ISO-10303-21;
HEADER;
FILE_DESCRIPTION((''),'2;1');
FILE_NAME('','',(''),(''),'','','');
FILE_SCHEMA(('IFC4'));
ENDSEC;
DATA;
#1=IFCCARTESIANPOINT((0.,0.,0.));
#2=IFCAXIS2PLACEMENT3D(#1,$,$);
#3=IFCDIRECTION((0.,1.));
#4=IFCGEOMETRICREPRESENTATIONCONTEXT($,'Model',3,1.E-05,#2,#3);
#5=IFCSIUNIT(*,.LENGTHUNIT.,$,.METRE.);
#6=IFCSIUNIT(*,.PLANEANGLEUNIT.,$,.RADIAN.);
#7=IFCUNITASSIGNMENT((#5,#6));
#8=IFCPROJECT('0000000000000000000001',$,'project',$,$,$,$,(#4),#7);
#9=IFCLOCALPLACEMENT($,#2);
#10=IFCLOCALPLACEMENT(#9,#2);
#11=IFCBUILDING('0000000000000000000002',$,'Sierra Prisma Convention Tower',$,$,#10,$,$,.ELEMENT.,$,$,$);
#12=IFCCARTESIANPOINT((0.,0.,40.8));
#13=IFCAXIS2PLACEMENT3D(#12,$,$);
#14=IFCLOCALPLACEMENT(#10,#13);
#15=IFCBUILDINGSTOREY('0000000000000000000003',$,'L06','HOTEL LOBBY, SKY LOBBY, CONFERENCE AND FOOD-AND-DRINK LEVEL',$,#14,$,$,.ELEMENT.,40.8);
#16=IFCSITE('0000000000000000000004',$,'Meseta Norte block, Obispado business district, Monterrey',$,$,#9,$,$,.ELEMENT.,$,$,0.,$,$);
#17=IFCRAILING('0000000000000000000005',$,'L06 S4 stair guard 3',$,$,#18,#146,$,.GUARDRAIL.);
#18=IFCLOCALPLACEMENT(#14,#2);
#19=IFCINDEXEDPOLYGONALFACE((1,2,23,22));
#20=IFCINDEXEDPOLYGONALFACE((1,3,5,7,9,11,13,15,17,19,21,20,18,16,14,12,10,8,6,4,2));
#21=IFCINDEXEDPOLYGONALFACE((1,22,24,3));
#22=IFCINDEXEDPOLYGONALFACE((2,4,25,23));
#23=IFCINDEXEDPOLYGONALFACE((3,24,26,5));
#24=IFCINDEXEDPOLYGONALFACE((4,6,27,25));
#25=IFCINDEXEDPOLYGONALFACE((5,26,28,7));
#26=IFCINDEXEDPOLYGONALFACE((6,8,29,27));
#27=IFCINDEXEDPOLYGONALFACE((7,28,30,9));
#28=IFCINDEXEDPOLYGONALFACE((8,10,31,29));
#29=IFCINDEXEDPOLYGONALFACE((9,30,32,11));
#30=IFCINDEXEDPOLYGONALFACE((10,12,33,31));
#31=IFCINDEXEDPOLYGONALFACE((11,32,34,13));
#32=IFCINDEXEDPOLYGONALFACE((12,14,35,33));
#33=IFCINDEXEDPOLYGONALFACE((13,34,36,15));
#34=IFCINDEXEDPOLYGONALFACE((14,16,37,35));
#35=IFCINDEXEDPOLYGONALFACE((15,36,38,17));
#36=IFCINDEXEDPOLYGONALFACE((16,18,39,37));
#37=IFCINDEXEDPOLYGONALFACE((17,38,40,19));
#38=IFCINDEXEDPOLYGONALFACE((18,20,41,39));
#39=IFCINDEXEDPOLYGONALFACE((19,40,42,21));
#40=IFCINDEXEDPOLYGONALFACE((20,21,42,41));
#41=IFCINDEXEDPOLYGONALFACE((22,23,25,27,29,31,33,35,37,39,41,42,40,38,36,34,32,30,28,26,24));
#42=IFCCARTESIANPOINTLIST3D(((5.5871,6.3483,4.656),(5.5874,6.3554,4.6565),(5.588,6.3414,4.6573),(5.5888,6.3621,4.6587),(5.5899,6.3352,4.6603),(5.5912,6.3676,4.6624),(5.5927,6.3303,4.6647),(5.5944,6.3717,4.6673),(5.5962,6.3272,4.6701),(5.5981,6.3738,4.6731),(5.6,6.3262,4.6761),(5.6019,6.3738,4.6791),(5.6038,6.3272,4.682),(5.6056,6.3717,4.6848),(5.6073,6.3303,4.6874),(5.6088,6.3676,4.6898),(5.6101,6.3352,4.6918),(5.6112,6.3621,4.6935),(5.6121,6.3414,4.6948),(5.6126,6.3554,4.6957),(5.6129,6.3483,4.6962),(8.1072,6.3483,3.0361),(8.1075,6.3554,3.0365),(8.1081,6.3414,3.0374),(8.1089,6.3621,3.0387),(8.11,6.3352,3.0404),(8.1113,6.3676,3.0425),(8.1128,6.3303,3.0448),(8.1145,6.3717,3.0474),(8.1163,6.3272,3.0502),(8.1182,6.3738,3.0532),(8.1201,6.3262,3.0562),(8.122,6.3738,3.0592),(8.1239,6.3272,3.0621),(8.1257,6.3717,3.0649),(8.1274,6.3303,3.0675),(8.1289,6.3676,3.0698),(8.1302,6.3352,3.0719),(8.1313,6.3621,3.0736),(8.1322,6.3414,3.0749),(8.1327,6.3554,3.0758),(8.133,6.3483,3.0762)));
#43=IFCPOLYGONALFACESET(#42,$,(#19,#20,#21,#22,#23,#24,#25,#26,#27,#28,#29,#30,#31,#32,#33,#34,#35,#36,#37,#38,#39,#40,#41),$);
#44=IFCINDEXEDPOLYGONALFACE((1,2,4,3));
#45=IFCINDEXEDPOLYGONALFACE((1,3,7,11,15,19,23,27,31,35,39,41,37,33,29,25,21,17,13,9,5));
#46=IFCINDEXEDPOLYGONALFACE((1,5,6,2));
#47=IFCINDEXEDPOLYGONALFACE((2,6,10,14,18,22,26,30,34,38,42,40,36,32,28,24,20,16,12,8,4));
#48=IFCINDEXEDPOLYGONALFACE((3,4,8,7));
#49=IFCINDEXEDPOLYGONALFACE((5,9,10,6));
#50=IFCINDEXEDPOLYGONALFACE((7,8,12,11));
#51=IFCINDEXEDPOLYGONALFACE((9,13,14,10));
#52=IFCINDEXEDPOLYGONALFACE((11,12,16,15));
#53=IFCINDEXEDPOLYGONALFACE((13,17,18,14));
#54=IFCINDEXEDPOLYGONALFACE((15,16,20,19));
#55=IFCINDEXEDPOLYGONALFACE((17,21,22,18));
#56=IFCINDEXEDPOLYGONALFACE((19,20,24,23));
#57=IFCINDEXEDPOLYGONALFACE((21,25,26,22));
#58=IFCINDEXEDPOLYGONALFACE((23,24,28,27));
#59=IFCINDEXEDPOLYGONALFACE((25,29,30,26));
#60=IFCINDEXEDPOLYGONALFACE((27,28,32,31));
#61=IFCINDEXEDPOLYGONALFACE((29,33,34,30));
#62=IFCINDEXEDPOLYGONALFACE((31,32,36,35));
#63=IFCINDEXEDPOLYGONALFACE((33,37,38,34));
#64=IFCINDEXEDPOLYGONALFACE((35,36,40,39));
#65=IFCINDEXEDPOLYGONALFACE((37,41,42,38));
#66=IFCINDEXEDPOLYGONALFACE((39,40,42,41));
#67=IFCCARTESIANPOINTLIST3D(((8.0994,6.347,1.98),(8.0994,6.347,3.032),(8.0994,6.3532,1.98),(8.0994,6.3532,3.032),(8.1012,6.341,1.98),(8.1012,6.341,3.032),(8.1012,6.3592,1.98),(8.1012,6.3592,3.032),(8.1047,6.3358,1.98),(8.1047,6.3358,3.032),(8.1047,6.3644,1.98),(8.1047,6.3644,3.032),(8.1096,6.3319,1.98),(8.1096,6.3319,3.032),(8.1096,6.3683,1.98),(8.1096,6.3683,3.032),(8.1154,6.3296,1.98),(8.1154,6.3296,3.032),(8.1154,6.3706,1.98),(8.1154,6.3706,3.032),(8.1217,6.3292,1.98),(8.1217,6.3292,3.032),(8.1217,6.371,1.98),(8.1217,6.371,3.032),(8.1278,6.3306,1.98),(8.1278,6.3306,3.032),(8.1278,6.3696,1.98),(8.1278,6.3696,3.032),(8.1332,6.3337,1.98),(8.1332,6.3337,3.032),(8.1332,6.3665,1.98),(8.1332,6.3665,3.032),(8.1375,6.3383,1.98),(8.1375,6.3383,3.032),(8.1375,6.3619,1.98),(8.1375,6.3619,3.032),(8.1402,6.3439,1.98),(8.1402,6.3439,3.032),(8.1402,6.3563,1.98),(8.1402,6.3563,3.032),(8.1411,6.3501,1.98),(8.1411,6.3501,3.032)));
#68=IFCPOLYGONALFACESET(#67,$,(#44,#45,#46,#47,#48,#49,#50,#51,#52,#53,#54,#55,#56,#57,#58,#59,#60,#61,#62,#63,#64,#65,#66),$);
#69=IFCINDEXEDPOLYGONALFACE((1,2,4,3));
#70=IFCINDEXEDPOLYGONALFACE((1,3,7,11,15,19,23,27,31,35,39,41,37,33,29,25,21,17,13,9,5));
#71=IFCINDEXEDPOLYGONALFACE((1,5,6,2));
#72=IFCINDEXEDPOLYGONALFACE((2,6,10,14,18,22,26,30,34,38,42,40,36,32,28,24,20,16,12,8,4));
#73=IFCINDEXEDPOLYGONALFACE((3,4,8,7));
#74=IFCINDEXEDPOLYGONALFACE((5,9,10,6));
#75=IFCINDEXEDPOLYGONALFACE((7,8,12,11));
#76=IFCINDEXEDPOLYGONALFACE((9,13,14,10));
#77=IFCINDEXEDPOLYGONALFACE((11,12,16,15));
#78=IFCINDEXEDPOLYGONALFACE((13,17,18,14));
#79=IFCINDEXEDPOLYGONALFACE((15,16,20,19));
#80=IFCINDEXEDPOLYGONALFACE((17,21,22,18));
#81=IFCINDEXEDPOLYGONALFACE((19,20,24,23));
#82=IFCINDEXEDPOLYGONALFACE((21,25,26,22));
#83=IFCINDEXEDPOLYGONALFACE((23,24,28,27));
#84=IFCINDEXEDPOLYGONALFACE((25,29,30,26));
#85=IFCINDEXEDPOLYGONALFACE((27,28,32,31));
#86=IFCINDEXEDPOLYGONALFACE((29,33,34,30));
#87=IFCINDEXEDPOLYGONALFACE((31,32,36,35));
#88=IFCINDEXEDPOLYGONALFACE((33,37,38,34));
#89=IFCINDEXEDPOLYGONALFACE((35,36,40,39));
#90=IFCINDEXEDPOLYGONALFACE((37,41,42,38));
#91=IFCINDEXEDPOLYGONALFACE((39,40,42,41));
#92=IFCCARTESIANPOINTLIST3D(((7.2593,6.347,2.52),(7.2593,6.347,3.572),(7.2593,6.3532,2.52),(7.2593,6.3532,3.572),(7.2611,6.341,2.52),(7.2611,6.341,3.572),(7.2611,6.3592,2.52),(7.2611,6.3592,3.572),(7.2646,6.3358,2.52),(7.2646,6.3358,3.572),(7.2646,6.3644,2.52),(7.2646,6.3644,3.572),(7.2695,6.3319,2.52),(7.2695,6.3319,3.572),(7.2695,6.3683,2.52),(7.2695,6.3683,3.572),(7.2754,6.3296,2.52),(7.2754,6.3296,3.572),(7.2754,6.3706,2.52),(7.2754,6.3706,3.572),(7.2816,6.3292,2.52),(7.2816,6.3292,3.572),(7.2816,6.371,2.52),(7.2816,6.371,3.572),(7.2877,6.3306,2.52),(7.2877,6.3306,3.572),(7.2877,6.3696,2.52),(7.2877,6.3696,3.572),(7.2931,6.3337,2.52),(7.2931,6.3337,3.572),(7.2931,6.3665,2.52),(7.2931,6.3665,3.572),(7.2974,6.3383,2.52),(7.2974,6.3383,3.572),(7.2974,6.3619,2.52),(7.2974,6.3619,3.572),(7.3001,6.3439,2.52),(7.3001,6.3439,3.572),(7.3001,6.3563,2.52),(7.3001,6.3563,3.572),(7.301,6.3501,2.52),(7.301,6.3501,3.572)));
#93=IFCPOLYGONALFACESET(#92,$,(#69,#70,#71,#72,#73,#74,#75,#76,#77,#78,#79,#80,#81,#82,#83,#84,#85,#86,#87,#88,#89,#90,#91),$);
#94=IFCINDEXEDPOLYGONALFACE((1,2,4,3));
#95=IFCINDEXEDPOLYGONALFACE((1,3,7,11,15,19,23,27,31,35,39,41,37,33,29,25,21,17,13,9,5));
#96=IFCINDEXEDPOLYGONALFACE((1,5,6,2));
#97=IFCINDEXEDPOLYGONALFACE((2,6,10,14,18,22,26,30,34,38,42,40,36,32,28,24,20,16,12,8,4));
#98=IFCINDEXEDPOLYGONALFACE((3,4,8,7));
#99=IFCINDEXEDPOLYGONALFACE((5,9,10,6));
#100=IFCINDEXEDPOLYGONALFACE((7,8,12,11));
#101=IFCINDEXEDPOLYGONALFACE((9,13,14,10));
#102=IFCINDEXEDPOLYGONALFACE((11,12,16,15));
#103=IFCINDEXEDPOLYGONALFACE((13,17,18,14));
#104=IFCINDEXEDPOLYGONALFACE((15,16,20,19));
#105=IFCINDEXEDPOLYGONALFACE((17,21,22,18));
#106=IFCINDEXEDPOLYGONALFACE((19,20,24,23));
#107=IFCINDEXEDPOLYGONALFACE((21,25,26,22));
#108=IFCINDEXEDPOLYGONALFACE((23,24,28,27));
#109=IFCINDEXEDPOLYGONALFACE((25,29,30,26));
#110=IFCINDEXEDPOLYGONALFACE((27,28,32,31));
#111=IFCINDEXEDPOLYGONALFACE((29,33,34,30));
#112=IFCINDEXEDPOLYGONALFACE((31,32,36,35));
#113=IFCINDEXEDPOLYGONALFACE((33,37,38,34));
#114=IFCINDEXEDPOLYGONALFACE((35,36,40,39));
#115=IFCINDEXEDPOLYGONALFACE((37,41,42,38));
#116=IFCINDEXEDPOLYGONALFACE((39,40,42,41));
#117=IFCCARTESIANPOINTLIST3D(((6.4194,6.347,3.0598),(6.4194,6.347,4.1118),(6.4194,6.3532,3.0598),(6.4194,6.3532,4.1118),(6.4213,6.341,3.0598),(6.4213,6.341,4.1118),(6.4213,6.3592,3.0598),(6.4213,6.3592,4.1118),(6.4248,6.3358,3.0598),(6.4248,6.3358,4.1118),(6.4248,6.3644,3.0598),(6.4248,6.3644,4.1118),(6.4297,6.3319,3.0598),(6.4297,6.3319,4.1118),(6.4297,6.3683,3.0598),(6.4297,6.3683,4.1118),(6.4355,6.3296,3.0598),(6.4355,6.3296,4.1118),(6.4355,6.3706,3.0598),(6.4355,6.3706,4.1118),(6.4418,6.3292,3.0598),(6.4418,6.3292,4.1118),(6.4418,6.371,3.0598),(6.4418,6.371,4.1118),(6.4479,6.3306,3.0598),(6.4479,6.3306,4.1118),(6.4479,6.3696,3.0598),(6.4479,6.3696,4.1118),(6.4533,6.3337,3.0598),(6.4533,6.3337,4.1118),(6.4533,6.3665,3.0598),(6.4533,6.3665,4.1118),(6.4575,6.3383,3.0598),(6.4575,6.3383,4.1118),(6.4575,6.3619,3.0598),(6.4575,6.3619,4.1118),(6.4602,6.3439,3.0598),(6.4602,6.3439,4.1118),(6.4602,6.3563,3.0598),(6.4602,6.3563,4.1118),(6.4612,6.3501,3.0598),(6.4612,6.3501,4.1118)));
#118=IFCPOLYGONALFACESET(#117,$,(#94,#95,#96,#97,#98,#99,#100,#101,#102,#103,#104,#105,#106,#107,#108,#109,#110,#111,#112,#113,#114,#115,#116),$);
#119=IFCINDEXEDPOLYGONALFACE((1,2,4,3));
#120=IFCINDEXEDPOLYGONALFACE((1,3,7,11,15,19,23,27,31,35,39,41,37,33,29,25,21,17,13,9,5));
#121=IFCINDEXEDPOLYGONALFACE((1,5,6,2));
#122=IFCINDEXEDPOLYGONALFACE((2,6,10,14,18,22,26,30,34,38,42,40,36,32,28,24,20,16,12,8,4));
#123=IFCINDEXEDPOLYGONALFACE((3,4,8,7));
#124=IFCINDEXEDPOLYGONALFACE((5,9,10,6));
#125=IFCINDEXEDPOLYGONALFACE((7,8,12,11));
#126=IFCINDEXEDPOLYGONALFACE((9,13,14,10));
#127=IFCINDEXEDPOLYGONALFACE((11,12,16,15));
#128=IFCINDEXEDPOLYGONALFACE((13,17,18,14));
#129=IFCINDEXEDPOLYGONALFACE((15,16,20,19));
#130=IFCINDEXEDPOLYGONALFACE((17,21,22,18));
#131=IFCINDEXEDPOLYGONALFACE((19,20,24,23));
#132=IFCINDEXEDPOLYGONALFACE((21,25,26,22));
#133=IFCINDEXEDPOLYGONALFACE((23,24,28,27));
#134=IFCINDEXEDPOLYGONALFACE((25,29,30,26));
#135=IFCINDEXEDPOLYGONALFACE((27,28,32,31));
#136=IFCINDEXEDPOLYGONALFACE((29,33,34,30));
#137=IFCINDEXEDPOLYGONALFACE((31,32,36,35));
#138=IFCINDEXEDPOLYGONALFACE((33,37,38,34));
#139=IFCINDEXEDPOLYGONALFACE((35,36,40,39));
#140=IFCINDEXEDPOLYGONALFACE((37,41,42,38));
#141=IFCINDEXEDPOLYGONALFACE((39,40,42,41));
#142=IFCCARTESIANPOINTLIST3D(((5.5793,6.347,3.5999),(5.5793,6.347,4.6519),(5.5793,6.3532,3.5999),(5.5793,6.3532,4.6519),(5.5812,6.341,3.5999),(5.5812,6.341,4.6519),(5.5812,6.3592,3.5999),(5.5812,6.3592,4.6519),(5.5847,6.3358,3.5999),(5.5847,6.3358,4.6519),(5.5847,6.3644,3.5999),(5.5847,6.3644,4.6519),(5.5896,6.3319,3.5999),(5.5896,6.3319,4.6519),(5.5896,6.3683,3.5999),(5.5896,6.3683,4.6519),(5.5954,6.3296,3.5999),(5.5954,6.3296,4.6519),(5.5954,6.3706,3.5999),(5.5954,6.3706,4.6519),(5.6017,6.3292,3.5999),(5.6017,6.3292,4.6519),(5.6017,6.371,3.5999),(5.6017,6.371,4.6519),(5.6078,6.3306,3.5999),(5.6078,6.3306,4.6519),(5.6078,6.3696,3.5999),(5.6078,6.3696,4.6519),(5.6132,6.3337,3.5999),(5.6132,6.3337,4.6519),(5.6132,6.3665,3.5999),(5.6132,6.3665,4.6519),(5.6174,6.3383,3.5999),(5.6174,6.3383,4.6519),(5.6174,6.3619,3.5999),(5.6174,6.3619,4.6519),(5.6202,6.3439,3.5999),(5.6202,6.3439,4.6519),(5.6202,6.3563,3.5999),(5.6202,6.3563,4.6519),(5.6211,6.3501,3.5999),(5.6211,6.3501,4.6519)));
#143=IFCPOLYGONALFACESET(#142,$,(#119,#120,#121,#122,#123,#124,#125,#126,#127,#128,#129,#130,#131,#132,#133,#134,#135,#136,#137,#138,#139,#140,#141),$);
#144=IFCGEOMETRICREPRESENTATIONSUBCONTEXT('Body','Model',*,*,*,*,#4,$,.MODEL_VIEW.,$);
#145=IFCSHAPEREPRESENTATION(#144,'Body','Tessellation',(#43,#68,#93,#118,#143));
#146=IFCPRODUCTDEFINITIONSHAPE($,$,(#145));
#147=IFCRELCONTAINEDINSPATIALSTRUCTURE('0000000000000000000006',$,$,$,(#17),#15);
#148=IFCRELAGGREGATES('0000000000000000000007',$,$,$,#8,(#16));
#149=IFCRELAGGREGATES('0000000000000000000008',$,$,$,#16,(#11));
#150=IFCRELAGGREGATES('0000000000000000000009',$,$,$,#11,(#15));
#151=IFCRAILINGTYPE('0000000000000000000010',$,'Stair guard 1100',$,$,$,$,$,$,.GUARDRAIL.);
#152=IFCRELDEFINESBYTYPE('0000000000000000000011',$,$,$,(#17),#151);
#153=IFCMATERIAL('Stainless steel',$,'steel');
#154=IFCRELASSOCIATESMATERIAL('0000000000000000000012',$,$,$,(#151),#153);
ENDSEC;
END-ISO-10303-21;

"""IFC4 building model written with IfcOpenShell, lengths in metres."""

from ifc_helpers import new_model, si_unit, direction, frame, origin, origin_2d, place, context, subcontext, project, spatial, circle, extrude, material, type_object, element, save


model = new_model("IFC4")

# Units and contexts
model_context = context("Model", 3, precision=1e-05, world=origin(), true_north=direction((0.0, 1.0)))
body_context = subcontext(model_context, "Body", "Model", "MODEL_VIEW")
ifc_project = project(units=[si_unit("LENGTHUNIT", "METRE"), si_unit("PLANEANGLEUNIT", "RADIAN")], contexts=[model_context])

# Site, building, storey
site_placement = place(None, origin())
site = spatial("IfcSite", under=ifc_project, at=site_placement, Name="Meseta Norte block, Obispado business district, Monterrey", CompositionType="ELEMENT", RefElevation=0.0)
building_placement = place(site_placement, origin())
building = spatial("IfcBuilding", under=site, at=building_placement, Name="Sierra Prisma Convention Tower", CompositionType="ELEMENT")
storey_placement = place(building_placement, frame((0.0, 0.0, 40.8)))
storey = spatial("IfcBuildingStorey", under=building, at=storey_placement, Name="L06", Description="HOTEL LOBBY, SKY LOBBY, CONFERENCE AND FOOD-AND-DRINK LEVEL", CompositionType="ELEMENT", Elevation=40.8)

# Railing
ifc_material_1 = material(Name="Stainless steel", Category="steel")
railing_type_1 = type_object("IfcRailingType", Name="Stair guard 1100", PredefinedType="GUARDRAIL", material=ifc_material_1)
railing_1_placement = place(storey_placement, frame((8.1201, 6.3501, 1.98)))
element("IfcRailing", 1, at=railing_1_placement, inside=storey, type_object=railing_type_1, Name="L06 S4 stair guard 3", PredefinedType="GUARDRAIL", context=body_context, shape_type="SweptSolid", body=[
    extrude(circle(Radius=0.0239, at=origin_2d()), frame((0.0, 0.0, 1.0762), z_axis=(-0.8412, 0.0, 0.540725), x_axis=(0.0, -1.0, 0.0)), (0.0, 0.0, 1.0), 2.9958),
    extrude(circle(Radius=0.021, at=origin_2d()), origin(), (0.0, 0.0, 1.0), 1.052),
    extrude(circle(Radius=0.021, at=origin_2d()), frame((-0.8401, 0.0, 0.54)), (0.0, 0.0, 1.0), 1.052),
    extrude(circle(Radius=0.021, at=origin_2d()), frame((-1.6799, 0.0, 1.0798)), (0.0, 0.0, 1.0), 1.052),
    extrude(circle(Radius=0.021, at=origin_2d()), frame((-2.52, 0.0, 1.6199)), (0.0, 0.0, 1.0), 1.052),
])

save(model, "model.ifc")
